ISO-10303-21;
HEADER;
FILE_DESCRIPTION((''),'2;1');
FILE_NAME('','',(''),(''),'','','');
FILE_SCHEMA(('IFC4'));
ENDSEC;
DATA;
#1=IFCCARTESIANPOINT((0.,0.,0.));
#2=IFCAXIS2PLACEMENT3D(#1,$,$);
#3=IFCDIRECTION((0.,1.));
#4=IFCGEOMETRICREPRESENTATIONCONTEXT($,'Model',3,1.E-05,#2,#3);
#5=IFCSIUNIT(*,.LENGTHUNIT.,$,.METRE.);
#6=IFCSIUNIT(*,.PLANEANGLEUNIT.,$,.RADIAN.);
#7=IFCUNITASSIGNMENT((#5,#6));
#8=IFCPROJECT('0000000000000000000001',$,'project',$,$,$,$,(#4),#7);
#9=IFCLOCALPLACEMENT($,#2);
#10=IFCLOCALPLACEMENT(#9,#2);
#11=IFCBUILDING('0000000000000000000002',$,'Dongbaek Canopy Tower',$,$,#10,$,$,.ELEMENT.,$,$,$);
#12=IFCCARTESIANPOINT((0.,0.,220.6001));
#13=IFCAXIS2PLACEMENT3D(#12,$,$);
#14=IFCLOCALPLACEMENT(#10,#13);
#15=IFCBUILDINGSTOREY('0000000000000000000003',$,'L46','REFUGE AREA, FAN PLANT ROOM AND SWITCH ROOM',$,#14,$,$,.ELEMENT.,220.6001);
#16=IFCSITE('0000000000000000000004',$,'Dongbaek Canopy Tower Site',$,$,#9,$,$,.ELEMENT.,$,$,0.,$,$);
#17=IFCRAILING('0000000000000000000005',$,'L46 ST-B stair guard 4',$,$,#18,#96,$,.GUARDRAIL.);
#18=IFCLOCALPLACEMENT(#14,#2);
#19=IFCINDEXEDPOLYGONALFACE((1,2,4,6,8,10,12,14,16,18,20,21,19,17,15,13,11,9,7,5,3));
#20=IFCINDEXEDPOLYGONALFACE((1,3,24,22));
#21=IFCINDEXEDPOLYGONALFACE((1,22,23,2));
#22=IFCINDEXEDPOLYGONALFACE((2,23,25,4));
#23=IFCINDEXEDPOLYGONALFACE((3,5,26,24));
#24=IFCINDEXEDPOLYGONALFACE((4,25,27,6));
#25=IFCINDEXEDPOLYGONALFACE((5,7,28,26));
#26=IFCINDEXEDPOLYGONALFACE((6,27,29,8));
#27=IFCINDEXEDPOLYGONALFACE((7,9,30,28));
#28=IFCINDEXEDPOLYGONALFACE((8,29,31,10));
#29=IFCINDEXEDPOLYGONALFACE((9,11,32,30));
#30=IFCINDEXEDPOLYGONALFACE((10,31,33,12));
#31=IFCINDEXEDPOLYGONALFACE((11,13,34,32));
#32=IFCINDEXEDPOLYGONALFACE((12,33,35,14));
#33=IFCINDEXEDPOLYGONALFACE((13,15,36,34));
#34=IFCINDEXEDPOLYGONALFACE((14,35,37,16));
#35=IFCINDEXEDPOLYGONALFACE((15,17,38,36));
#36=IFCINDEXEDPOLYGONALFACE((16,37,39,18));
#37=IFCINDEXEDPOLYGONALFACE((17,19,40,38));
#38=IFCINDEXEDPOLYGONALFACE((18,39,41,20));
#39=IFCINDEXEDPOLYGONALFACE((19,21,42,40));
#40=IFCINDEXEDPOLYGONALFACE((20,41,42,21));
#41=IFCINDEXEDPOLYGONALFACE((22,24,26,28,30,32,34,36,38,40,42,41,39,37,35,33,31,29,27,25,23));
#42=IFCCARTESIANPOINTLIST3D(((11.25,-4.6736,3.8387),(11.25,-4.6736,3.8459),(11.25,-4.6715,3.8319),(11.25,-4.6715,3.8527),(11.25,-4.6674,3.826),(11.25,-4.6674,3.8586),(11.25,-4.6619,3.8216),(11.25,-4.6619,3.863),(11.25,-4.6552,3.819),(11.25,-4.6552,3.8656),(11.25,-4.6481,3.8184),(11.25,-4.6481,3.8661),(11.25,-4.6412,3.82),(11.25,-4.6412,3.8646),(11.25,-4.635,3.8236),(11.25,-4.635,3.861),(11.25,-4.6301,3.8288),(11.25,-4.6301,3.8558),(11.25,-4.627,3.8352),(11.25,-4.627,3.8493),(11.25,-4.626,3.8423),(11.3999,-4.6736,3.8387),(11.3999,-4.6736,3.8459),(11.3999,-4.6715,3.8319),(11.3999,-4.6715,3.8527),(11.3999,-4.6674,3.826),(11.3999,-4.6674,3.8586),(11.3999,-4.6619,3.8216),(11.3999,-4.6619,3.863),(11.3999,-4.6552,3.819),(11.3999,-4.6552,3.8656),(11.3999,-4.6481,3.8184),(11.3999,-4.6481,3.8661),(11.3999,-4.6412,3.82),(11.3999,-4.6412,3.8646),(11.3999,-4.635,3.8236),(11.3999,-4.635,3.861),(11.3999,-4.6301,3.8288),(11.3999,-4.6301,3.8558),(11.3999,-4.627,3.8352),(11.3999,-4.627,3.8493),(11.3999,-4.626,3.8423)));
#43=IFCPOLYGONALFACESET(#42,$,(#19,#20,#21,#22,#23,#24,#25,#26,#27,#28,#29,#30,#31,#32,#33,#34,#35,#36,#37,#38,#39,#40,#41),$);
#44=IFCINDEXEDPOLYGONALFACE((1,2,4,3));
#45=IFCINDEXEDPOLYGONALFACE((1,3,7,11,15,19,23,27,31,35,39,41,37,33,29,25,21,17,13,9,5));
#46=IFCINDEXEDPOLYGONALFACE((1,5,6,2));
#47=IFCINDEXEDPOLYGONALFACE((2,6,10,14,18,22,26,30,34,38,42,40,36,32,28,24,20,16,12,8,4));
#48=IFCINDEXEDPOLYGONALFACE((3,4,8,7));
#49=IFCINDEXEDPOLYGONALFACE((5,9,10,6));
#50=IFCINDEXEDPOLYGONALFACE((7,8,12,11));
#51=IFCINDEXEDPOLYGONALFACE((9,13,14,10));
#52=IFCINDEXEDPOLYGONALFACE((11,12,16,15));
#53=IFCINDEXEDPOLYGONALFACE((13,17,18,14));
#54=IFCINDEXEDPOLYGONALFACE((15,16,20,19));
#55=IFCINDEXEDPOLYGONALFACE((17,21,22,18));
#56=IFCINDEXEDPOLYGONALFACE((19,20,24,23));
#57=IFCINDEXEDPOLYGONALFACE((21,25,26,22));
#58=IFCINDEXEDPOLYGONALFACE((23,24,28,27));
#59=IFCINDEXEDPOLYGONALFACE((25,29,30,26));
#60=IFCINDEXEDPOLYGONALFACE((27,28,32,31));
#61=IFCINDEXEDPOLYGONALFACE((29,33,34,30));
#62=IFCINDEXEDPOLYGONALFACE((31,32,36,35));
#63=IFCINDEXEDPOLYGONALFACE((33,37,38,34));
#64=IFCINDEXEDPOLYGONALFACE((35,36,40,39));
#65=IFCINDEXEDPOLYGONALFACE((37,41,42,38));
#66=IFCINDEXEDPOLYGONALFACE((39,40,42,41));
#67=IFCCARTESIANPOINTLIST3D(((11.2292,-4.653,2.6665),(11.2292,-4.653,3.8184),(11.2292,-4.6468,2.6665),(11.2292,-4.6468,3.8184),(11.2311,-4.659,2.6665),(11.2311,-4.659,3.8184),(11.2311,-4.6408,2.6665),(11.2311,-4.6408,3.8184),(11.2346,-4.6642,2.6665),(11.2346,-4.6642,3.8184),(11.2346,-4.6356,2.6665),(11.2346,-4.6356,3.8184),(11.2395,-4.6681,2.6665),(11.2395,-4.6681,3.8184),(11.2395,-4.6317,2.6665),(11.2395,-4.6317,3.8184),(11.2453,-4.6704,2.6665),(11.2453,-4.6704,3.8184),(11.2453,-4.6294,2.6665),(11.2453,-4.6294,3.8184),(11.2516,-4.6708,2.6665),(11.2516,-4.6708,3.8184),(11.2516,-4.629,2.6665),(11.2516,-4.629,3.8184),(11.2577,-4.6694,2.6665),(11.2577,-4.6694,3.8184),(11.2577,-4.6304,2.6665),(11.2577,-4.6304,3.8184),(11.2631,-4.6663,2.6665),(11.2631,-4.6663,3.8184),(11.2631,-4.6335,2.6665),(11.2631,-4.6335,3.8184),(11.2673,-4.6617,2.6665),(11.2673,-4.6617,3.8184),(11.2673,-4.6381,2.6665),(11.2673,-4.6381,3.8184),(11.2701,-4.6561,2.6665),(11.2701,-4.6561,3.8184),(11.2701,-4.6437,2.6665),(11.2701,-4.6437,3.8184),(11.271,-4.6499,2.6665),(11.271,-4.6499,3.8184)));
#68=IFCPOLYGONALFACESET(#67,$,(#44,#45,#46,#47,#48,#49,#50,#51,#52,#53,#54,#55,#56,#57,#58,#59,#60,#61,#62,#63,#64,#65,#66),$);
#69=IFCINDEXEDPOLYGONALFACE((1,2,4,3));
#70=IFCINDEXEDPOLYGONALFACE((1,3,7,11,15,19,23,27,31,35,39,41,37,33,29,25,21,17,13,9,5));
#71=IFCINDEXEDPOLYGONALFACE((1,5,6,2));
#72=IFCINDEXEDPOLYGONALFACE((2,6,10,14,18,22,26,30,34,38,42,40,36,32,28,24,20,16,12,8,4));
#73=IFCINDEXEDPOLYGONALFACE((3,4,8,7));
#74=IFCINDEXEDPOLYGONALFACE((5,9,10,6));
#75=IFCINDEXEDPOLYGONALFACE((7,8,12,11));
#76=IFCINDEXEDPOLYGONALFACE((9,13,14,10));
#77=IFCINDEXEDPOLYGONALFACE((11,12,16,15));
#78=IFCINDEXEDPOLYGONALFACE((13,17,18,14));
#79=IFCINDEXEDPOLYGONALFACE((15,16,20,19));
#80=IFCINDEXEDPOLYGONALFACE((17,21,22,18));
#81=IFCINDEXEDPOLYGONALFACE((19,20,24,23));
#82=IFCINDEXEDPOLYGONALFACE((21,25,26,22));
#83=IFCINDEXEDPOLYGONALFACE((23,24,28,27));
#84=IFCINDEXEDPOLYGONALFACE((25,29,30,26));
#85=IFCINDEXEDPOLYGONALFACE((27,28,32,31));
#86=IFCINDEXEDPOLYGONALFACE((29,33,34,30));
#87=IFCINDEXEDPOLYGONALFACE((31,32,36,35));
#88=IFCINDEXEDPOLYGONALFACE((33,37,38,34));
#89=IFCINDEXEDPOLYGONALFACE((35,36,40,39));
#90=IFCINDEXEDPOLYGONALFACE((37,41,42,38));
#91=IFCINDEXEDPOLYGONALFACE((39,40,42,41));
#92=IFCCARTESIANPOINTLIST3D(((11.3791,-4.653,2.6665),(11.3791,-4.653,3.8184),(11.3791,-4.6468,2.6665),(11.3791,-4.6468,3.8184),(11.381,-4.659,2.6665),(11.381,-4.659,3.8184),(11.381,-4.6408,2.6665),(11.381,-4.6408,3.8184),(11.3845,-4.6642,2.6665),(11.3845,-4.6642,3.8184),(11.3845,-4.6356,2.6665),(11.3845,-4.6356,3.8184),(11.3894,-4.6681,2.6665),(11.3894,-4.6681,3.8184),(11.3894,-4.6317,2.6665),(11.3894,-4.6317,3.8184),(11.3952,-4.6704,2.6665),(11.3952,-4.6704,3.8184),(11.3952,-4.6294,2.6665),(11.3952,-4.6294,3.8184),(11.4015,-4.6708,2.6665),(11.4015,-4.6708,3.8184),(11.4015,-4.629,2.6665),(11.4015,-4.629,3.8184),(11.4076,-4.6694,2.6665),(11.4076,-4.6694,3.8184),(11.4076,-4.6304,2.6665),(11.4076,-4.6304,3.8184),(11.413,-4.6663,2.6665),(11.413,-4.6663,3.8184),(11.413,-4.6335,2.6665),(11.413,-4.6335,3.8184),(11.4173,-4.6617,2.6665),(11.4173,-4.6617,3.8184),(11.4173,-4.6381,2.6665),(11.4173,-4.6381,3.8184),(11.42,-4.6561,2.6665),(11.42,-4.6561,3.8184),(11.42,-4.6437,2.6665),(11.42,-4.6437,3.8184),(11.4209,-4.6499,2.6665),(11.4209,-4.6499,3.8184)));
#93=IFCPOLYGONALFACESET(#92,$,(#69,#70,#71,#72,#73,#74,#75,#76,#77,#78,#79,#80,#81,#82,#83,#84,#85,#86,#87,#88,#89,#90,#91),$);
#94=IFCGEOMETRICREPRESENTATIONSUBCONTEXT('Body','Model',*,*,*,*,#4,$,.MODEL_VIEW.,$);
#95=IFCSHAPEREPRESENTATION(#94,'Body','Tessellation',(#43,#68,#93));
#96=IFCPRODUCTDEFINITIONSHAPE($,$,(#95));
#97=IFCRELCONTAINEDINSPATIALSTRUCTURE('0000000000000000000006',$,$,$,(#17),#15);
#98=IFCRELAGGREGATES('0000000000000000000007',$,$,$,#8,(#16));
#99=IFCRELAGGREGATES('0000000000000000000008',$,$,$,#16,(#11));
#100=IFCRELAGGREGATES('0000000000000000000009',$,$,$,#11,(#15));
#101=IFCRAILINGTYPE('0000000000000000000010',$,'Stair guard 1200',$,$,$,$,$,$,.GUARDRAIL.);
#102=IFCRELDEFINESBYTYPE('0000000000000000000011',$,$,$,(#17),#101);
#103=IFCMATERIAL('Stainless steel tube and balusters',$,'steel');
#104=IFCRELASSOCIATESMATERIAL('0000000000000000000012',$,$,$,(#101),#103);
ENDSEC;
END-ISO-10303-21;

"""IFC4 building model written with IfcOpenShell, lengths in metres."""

from ifc_helpers import new_model, si_unit, direction, frame, origin, origin_2d, place, context, subcontext, project, spatial, circle, extrude, material, type_object, element, save


model = new_model("IFC4")

# Units and contexts
model_context = context("Model", 3, precision=1e-05, world=origin(), true_north=direction((0.0, 1.0)))
body_context = subcontext(model_context, "Body", "Model", "MODEL_VIEW")
ifc_project = project(units=[si_unit("LENGTHUNIT", "METRE"), si_unit("PLANEANGLEUNIT", "RADIAN")], contexts=[model_context])

# Site, building, storey
site_placement = place(None, origin())
site = spatial("IfcSite", under=ifc_project, at=site_placement, Name="Dongbaek Canopy Tower Site", CompositionType="ELEMENT", RefElevation=0.0)
building_placement = place(site_placement, origin())
building = spatial("IfcBuilding", under=site, at=building_placement, Name="Dongbaek Canopy Tower", CompositionType="ELEMENT")
storey_placement = place(building_placement, frame((0.0, 0.0, 220.6001)))
storey = spatial("IfcBuildingStorey", under=building, at=storey_placement, Name="L46", Description="REFUGE AREA, FAN PLANT ROOM AND SWITCH ROOM", CompositionType="ELEMENT", Elevation=220.6001)

# Railing
ifc_material_1 = material(Name="Stainless steel tube and balusters", Category="steel")
railing_type_1 = type_object("IfcRailingType", Name="Stair guard 1200", PredefinedType="GUARDRAIL", material=ifc_material_1)
railing_1_placement = place(storey_placement, frame((11.25, -4.6499, 2.6665)))
element("IfcRailing", 1, at=railing_1_placement, inside=storey, type_object=railing_type_1, Name="L46 ST-B stair guard 4", PredefinedType="GUARDRAIL", context=body_context, shape_type="SweptSolid", body=[
    extrude(circle(Radius=0.0239, at=origin_2d()), frame((0.0, 0.0, 1.1758), z_axis=(1.0, 0.0, 0.0), x_axis=(0.0, 1.0, 0.0)), (0.0, 0.0, 1.0), 0.1499),
    extrude(circle(Radius=0.021, at=origin_2d()), origin(), (0.0, 0.0, 1.0), 1.1519),
    extrude(circle(Radius=0.021, at=origin_2d()), frame((0.1499, 0.0, 0.0)), (0.0, 0.0, 1.0), 1.1519),
])

save(model, "model.ifc")
